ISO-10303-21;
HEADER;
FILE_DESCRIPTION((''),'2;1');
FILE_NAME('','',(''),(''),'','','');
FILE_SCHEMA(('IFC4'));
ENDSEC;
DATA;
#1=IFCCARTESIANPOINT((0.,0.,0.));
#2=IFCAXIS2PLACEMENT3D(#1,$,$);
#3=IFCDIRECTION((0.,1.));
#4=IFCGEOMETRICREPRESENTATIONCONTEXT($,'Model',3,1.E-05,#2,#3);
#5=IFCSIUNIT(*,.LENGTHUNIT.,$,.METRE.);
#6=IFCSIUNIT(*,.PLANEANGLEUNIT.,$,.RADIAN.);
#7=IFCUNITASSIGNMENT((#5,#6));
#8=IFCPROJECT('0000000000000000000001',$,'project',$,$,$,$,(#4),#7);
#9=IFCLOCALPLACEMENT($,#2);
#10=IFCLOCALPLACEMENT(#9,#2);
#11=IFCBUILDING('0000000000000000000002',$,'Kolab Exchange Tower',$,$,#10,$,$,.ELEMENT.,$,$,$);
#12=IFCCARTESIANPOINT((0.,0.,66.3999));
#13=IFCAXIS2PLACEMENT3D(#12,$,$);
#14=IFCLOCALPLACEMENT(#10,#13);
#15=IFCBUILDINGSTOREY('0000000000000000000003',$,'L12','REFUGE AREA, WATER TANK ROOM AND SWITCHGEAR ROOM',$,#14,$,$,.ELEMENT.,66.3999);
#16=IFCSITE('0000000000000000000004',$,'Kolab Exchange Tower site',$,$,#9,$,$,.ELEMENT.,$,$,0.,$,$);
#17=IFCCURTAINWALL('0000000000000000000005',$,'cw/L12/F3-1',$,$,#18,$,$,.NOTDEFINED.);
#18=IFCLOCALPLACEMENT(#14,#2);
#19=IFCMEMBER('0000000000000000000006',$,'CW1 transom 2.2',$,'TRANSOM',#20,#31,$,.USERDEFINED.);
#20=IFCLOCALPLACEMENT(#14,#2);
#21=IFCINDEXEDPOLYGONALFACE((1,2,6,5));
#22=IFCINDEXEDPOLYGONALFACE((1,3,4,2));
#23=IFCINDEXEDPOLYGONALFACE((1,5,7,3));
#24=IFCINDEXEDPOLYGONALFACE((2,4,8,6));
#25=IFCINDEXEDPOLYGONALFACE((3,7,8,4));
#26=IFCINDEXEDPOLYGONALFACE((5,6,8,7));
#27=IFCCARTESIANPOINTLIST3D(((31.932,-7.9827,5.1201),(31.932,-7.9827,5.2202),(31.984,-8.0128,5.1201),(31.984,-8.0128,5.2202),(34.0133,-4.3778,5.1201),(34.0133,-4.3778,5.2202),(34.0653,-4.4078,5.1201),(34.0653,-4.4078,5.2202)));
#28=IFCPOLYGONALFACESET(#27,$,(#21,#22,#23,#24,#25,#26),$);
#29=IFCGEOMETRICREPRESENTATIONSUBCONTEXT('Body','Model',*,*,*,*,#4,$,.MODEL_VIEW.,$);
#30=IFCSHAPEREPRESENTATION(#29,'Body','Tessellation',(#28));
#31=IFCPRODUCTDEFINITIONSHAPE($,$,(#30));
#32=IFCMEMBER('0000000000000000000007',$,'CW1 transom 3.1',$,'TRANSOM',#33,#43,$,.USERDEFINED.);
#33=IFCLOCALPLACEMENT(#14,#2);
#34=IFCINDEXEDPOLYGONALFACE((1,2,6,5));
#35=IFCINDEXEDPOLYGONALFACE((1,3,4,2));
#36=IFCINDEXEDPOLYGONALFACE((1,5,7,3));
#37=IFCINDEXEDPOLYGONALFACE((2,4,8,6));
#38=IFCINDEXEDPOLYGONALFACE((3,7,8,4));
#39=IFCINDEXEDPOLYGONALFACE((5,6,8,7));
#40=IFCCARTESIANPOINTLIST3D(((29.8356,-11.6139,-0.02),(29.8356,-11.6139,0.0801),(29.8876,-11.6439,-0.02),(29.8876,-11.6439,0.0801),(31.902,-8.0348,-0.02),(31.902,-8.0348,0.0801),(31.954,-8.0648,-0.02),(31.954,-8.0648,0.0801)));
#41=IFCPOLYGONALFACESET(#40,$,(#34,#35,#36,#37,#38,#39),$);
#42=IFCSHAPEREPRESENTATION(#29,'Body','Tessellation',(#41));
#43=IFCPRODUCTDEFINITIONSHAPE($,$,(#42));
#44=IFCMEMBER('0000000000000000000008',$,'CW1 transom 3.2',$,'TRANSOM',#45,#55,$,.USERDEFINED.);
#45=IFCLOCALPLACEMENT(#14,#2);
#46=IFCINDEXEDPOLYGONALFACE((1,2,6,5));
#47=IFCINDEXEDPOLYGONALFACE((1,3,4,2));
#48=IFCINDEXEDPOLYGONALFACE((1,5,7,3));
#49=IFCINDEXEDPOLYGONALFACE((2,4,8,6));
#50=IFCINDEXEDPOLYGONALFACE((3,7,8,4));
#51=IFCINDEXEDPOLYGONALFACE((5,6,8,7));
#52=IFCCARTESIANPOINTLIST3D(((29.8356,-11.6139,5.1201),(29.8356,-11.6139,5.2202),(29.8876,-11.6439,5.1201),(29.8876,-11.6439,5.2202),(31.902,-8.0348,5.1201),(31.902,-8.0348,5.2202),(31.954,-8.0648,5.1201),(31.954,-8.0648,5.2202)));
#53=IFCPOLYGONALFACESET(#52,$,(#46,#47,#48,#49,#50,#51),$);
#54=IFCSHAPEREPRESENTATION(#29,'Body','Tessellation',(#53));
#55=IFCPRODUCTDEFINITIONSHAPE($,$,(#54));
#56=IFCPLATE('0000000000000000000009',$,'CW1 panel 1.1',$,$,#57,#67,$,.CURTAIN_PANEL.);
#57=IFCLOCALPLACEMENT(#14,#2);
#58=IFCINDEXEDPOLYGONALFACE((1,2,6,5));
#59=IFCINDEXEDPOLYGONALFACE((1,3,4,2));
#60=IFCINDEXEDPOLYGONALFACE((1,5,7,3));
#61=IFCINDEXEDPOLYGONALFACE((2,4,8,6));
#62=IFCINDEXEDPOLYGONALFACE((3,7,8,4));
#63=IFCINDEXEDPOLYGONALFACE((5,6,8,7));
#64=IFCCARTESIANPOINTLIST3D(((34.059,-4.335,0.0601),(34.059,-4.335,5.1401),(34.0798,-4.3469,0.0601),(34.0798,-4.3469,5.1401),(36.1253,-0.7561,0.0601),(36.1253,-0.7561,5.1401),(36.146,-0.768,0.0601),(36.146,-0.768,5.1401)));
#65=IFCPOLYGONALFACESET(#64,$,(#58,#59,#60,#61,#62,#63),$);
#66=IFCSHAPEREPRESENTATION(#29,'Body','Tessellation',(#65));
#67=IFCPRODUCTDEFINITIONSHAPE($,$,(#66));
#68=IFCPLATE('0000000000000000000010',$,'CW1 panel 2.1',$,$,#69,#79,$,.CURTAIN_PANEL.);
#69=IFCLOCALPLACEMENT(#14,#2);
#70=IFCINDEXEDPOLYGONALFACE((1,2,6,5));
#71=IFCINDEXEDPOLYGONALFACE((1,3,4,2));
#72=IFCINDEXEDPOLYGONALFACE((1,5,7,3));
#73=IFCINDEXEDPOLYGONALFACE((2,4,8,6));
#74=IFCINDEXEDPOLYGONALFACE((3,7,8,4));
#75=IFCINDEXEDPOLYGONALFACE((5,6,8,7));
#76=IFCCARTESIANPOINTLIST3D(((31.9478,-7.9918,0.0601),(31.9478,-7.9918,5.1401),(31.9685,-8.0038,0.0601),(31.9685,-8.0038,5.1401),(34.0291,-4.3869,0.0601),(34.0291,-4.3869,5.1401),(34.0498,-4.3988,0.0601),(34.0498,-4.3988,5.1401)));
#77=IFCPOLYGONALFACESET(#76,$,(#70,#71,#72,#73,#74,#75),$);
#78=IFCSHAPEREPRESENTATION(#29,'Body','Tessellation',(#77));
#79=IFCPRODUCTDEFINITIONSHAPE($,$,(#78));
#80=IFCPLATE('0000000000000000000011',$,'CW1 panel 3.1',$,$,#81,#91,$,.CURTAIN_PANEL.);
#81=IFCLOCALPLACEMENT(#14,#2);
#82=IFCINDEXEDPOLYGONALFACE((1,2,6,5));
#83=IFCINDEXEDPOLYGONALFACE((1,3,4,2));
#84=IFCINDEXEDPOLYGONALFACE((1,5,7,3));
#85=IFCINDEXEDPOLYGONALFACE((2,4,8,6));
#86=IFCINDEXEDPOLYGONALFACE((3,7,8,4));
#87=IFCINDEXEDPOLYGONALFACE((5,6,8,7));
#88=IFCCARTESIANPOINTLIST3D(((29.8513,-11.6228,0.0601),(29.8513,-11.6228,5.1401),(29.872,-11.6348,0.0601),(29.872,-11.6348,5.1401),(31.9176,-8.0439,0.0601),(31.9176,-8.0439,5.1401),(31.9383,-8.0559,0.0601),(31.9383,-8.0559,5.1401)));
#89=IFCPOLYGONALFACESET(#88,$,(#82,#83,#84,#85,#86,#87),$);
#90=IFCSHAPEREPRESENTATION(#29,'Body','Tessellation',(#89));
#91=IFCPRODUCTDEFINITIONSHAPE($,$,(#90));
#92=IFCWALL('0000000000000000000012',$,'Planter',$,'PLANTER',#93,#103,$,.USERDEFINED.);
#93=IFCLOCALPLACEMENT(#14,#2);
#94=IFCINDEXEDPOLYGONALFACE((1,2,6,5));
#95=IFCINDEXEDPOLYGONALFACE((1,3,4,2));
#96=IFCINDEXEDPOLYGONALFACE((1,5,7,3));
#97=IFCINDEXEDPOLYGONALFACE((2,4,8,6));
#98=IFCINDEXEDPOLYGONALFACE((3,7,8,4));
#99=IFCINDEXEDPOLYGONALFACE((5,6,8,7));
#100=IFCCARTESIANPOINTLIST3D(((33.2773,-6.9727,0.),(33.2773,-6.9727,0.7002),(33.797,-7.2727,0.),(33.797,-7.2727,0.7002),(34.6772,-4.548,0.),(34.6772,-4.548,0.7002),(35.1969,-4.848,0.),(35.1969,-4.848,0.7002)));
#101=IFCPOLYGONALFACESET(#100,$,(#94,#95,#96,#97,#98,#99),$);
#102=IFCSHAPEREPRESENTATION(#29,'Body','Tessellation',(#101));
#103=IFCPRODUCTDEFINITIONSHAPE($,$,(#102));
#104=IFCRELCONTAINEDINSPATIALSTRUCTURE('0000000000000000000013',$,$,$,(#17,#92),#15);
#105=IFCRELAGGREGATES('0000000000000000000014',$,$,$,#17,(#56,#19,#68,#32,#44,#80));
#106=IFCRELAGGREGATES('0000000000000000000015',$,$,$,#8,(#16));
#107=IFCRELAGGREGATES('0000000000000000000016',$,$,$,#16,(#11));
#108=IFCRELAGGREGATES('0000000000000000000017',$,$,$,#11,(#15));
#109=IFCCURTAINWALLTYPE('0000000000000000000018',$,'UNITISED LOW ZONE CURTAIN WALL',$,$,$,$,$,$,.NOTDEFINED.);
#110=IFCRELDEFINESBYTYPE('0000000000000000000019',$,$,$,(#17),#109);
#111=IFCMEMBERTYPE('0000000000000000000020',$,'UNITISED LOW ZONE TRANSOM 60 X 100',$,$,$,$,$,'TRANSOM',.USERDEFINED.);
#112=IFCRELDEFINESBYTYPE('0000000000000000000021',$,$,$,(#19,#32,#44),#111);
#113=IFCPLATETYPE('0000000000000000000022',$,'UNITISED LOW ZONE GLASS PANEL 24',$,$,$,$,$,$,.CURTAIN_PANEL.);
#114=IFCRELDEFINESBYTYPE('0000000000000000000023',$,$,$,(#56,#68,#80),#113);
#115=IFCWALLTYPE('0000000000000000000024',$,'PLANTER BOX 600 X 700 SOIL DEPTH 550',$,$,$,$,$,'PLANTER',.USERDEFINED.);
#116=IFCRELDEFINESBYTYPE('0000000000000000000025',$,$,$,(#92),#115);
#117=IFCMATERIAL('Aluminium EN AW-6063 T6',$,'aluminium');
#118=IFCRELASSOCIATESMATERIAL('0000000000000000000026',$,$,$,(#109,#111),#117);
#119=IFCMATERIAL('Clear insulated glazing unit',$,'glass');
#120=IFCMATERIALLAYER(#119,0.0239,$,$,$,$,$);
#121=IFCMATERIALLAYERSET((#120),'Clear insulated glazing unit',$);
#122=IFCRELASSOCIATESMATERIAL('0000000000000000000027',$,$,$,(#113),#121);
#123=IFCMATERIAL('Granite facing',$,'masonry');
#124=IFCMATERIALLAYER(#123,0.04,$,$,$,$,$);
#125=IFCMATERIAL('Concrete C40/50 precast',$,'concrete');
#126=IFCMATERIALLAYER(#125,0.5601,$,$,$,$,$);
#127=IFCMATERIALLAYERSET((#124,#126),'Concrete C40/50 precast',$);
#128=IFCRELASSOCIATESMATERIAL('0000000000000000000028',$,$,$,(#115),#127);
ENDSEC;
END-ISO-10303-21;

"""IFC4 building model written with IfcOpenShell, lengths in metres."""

from ifc_helpers import new_model, si_unit, direction, frame, frame_2d, origin, origin_2d, place, context, subcontext, project, spatial, rectangle, extrude, material, layer, layer_set, material_profile, profile_set, type_object, element, aggregate, save


model = new_model("IFC4")

# Units and contexts
model_context = context("Model", 3, precision=1e-05, world=origin(), true_north=direction((0.0, 1.0)))
body_context = subcontext(model_context, "Body", "Model", "MODEL_VIEW")
ifc_project = project(units=[si_unit("LENGTHUNIT", "METRE"), si_unit("PLANEANGLEUNIT", "RADIAN")], contexts=[model_context])

# Site, building, storey
site_placement = place(None, origin())
site = spatial("IfcSite", under=ifc_project, at=site_placement, Name="Kolab Exchange Tower site", CompositionType="ELEMENT", RefElevation=0.0)
building_placement = place(site_placement, origin())
building = spatial("IfcBuilding", under=site, at=building_placement, Name="Kolab Exchange Tower", CompositionType="ELEMENT")
storey_placement = place(building_placement, frame((0.0, 0.0, 66.3999)))
storey = spatial("IfcBuildingStorey", under=building, at=storey_placement, Name="L12", Description="REFUGE AREA, WATER TANK ROOM AND SWITCHGEAR ROOM", CompositionType="ELEMENT", Elevation=66.3999)

# Curtain wall
ifc_material_1 = material(Name="Aluminium EN AW-6063 T6", Category="aluminium")
curtain_wall_type = type_object("IfcCurtainWallType", Name="UNITISED LOW ZONE CURTAIN WALL", PredefinedType="NOTDEFINED", material=ifc_material_1)
curtain_wall_1_placement = place(storey_placement, origin())
curtain_wall_1 = element("IfcCurtainWall", 1, at=curtain_wall_1_placement, inside=storey, type_object=curtain_wall_type, Name="cw/L12/F3-1", PredefinedType="NOTDEFINED")

# Members
ifc_material_profile_1 = material_profile(ifc_material_1, rectangle(XDim=0.0601, YDim=0.1001, at=origin_2d()), Name="RECT 60X100")
ifc_profile_set_1 = profile_set([ifc_material_profile_1], Name="Aluminium EN AW-6063 T6")
member_type_1 = type_object("IfcMemberType", Name="UNITISED LOW ZONE TRANSOM 60 X 100", ElementType="TRANSOM", PredefinedType="USERDEFINED", material=ifc_profile_set_1)
member_1_placement = place(storey_placement, frame((34.0393, -4.3928, 5.1702), z_axis=(-0.499993, -0.866029, 0.0), x_axis=(0.866029, -0.499993, 0.0)))
member_1 = element("IfcMember", 2, at=member_1_placement, type_object=member_type_1, Name="CW1 transom 2.2", ObjectType="TRANSOM", PredefinedType="USERDEFINED", context=body_context, shape_type="SweptSolid", body=[
    extrude(rectangle(XDim=0.0601, YDim=0.1001, at=origin_2d()), origin(), (0.0, 0.0, 1.0), 4.1626),
])
member_2_placement = place(storey_placement, frame((31.928, -8.0498, 0.03), z_axis=(-0.500002, -0.866024, 0.0), x_axis=(0.866024, -0.500002, 0.0)))
member_2 = element("IfcMember", 3, at=member_2_placement, type_object=member_type_1, Name="CW1 transom 3.1", ObjectType="TRANSOM", PredefinedType="USERDEFINED", context=body_context, shape_type="SweptSolid", body=[
    extrude(rectangle(XDim=0.0601, YDim=0.1001, at=origin_2d()), origin(), (0.0, 0.0, 1.0), 4.1328),
])
member_3_placement = place(storey_placement, frame((31.928, -8.0498, 5.1702), z_axis=(-0.500002, -0.866024, 0.0), x_axis=(0.866024, -0.500002, 0.0)))
member_3 = element("IfcMember", 4, at=member_3_placement, type_object=member_type_1, Name="CW1 transom 3.2", ObjectType="TRANSOM", PredefinedType="USERDEFINED", context=body_context, shape_type="SweptSolid", body=[
    extrude(rectangle(XDim=0.0601, YDim=0.1001, at=origin_2d()), origin(), (0.0, 0.0, 1.0), 4.1328),
])

# Plates
ifc_material_2 = material(Name="Clear insulated glazing unit", Category="glass")
ifc_layer_1 = layer(ifc_material_2, 0.0239)
ifc_layer_set_1 = layer_set([ifc_layer_1], Name="Clear insulated glazing unit")
plate_type = type_object("IfcPlateType", Name="UNITISED LOW ZONE GLASS PANEL 24", PredefinedType="CURTAIN_PANEL", material=ifc_layer_set_1)
plate_1_placement = place(storey_placement, frame((35.1025, -2.5515, 0.0601), z_axis=(0.0, 0.0, 1.0), x_axis=(-0.5, -0.866025, 0.0)))
plate_1 = element("IfcPlate", 5, at=plate_1_placement, type_object=plate_type, Name="CW1 panel 1.1", PredefinedType="CURTAIN_PANEL", context=body_context, shape_type="SweptSolid", body=[
    extrude(rectangle(XDim=4.1326, YDim=0.0239, at=origin_2d()), origin(), (0.0, 0.0, 1.0), 5.0801),
])
plate_2_placement = place(storey_placement, frame((32.9988, -6.1953, 0.0601), z_axis=(0.0, 0.0, 1.0), x_axis=(-0.5, -0.866025, 0.0)))
plate_2 = element("IfcPlate", 6, at=plate_2_placement, type_object=plate_type, Name="CW1 panel 2.1", PredefinedType="CURTAIN_PANEL", context=body_context, shape_type="SweptSolid", body=[
    extrude(rectangle(XDim=4.1626, YDim=0.0239, at=origin_2d()), origin(), (0.0, 0.0, 1.0), 5.0801),
])
plate_3_placement = place(storey_placement, frame((30.8948, -9.8394, 0.0601), z_axis=(0.0, 0.0, 1.0), x_axis=(-0.5, -0.866025, 0.0)))
plate_3 = element("IfcPlate", 7, at=plate_3_placement, type_object=plate_type, Name="CW1 panel 3.1", PredefinedType="CURTAIN_PANEL", context=body_context, shape_type="SweptSolid", body=[
    extrude(rectangle(XDim=4.1326, YDim=0.0239, at=origin_2d()), origin(), (0.0, 0.0, 1.0), 5.0801),
])
aggregate(curtain_wall_1, [plate_1, member_1, plate_2, member_2, member_3, plate_3])

# Wall
ifc_material_3 = material(Name="Granite facing", Category="masonry")
ifc_layer_2 = layer(ifc_material_3, 0.04)
ifc_material_4 = material(Name="Concrete C40/50 precast", Category="concrete")
ifc_layer_3 = layer(ifc_material_4, 0.5601)
ifc_layer_set_2 = layer_set([ifc_layer_2, ifc_layer_3], Name="Concrete C40/50 precast")
wall_type = type_object("IfcWallType", Name="PLANTER BOX 600 X 700 SOIL DEPTH 550", ElementType="PLANTER", PredefinedType="USERDEFINED", material=ifc_layer_set_2)
wall_placement = place(storey_placement, frame((34.937, -4.698, 0.0), z_axis=(0.0, 0.0, 1.0), x_axis=(-0.499984, -0.866035, 0.0)))
element("IfcWall", 8, at=wall_placement, inside=storey, type_object=wall_type, Name="Planter", ObjectType="PLANTER", PredefinedType="USERDEFINED", context=body_context, shape_type="SweptSolid", body=[
    extrude(rectangle(XDim=2.7998, YDim=0.6001, at=frame_2d((1.3999, 0.0))), origin(), (0.0, 0.0, 1.0), 0.7002),
])

save(model, "model.ifc")
